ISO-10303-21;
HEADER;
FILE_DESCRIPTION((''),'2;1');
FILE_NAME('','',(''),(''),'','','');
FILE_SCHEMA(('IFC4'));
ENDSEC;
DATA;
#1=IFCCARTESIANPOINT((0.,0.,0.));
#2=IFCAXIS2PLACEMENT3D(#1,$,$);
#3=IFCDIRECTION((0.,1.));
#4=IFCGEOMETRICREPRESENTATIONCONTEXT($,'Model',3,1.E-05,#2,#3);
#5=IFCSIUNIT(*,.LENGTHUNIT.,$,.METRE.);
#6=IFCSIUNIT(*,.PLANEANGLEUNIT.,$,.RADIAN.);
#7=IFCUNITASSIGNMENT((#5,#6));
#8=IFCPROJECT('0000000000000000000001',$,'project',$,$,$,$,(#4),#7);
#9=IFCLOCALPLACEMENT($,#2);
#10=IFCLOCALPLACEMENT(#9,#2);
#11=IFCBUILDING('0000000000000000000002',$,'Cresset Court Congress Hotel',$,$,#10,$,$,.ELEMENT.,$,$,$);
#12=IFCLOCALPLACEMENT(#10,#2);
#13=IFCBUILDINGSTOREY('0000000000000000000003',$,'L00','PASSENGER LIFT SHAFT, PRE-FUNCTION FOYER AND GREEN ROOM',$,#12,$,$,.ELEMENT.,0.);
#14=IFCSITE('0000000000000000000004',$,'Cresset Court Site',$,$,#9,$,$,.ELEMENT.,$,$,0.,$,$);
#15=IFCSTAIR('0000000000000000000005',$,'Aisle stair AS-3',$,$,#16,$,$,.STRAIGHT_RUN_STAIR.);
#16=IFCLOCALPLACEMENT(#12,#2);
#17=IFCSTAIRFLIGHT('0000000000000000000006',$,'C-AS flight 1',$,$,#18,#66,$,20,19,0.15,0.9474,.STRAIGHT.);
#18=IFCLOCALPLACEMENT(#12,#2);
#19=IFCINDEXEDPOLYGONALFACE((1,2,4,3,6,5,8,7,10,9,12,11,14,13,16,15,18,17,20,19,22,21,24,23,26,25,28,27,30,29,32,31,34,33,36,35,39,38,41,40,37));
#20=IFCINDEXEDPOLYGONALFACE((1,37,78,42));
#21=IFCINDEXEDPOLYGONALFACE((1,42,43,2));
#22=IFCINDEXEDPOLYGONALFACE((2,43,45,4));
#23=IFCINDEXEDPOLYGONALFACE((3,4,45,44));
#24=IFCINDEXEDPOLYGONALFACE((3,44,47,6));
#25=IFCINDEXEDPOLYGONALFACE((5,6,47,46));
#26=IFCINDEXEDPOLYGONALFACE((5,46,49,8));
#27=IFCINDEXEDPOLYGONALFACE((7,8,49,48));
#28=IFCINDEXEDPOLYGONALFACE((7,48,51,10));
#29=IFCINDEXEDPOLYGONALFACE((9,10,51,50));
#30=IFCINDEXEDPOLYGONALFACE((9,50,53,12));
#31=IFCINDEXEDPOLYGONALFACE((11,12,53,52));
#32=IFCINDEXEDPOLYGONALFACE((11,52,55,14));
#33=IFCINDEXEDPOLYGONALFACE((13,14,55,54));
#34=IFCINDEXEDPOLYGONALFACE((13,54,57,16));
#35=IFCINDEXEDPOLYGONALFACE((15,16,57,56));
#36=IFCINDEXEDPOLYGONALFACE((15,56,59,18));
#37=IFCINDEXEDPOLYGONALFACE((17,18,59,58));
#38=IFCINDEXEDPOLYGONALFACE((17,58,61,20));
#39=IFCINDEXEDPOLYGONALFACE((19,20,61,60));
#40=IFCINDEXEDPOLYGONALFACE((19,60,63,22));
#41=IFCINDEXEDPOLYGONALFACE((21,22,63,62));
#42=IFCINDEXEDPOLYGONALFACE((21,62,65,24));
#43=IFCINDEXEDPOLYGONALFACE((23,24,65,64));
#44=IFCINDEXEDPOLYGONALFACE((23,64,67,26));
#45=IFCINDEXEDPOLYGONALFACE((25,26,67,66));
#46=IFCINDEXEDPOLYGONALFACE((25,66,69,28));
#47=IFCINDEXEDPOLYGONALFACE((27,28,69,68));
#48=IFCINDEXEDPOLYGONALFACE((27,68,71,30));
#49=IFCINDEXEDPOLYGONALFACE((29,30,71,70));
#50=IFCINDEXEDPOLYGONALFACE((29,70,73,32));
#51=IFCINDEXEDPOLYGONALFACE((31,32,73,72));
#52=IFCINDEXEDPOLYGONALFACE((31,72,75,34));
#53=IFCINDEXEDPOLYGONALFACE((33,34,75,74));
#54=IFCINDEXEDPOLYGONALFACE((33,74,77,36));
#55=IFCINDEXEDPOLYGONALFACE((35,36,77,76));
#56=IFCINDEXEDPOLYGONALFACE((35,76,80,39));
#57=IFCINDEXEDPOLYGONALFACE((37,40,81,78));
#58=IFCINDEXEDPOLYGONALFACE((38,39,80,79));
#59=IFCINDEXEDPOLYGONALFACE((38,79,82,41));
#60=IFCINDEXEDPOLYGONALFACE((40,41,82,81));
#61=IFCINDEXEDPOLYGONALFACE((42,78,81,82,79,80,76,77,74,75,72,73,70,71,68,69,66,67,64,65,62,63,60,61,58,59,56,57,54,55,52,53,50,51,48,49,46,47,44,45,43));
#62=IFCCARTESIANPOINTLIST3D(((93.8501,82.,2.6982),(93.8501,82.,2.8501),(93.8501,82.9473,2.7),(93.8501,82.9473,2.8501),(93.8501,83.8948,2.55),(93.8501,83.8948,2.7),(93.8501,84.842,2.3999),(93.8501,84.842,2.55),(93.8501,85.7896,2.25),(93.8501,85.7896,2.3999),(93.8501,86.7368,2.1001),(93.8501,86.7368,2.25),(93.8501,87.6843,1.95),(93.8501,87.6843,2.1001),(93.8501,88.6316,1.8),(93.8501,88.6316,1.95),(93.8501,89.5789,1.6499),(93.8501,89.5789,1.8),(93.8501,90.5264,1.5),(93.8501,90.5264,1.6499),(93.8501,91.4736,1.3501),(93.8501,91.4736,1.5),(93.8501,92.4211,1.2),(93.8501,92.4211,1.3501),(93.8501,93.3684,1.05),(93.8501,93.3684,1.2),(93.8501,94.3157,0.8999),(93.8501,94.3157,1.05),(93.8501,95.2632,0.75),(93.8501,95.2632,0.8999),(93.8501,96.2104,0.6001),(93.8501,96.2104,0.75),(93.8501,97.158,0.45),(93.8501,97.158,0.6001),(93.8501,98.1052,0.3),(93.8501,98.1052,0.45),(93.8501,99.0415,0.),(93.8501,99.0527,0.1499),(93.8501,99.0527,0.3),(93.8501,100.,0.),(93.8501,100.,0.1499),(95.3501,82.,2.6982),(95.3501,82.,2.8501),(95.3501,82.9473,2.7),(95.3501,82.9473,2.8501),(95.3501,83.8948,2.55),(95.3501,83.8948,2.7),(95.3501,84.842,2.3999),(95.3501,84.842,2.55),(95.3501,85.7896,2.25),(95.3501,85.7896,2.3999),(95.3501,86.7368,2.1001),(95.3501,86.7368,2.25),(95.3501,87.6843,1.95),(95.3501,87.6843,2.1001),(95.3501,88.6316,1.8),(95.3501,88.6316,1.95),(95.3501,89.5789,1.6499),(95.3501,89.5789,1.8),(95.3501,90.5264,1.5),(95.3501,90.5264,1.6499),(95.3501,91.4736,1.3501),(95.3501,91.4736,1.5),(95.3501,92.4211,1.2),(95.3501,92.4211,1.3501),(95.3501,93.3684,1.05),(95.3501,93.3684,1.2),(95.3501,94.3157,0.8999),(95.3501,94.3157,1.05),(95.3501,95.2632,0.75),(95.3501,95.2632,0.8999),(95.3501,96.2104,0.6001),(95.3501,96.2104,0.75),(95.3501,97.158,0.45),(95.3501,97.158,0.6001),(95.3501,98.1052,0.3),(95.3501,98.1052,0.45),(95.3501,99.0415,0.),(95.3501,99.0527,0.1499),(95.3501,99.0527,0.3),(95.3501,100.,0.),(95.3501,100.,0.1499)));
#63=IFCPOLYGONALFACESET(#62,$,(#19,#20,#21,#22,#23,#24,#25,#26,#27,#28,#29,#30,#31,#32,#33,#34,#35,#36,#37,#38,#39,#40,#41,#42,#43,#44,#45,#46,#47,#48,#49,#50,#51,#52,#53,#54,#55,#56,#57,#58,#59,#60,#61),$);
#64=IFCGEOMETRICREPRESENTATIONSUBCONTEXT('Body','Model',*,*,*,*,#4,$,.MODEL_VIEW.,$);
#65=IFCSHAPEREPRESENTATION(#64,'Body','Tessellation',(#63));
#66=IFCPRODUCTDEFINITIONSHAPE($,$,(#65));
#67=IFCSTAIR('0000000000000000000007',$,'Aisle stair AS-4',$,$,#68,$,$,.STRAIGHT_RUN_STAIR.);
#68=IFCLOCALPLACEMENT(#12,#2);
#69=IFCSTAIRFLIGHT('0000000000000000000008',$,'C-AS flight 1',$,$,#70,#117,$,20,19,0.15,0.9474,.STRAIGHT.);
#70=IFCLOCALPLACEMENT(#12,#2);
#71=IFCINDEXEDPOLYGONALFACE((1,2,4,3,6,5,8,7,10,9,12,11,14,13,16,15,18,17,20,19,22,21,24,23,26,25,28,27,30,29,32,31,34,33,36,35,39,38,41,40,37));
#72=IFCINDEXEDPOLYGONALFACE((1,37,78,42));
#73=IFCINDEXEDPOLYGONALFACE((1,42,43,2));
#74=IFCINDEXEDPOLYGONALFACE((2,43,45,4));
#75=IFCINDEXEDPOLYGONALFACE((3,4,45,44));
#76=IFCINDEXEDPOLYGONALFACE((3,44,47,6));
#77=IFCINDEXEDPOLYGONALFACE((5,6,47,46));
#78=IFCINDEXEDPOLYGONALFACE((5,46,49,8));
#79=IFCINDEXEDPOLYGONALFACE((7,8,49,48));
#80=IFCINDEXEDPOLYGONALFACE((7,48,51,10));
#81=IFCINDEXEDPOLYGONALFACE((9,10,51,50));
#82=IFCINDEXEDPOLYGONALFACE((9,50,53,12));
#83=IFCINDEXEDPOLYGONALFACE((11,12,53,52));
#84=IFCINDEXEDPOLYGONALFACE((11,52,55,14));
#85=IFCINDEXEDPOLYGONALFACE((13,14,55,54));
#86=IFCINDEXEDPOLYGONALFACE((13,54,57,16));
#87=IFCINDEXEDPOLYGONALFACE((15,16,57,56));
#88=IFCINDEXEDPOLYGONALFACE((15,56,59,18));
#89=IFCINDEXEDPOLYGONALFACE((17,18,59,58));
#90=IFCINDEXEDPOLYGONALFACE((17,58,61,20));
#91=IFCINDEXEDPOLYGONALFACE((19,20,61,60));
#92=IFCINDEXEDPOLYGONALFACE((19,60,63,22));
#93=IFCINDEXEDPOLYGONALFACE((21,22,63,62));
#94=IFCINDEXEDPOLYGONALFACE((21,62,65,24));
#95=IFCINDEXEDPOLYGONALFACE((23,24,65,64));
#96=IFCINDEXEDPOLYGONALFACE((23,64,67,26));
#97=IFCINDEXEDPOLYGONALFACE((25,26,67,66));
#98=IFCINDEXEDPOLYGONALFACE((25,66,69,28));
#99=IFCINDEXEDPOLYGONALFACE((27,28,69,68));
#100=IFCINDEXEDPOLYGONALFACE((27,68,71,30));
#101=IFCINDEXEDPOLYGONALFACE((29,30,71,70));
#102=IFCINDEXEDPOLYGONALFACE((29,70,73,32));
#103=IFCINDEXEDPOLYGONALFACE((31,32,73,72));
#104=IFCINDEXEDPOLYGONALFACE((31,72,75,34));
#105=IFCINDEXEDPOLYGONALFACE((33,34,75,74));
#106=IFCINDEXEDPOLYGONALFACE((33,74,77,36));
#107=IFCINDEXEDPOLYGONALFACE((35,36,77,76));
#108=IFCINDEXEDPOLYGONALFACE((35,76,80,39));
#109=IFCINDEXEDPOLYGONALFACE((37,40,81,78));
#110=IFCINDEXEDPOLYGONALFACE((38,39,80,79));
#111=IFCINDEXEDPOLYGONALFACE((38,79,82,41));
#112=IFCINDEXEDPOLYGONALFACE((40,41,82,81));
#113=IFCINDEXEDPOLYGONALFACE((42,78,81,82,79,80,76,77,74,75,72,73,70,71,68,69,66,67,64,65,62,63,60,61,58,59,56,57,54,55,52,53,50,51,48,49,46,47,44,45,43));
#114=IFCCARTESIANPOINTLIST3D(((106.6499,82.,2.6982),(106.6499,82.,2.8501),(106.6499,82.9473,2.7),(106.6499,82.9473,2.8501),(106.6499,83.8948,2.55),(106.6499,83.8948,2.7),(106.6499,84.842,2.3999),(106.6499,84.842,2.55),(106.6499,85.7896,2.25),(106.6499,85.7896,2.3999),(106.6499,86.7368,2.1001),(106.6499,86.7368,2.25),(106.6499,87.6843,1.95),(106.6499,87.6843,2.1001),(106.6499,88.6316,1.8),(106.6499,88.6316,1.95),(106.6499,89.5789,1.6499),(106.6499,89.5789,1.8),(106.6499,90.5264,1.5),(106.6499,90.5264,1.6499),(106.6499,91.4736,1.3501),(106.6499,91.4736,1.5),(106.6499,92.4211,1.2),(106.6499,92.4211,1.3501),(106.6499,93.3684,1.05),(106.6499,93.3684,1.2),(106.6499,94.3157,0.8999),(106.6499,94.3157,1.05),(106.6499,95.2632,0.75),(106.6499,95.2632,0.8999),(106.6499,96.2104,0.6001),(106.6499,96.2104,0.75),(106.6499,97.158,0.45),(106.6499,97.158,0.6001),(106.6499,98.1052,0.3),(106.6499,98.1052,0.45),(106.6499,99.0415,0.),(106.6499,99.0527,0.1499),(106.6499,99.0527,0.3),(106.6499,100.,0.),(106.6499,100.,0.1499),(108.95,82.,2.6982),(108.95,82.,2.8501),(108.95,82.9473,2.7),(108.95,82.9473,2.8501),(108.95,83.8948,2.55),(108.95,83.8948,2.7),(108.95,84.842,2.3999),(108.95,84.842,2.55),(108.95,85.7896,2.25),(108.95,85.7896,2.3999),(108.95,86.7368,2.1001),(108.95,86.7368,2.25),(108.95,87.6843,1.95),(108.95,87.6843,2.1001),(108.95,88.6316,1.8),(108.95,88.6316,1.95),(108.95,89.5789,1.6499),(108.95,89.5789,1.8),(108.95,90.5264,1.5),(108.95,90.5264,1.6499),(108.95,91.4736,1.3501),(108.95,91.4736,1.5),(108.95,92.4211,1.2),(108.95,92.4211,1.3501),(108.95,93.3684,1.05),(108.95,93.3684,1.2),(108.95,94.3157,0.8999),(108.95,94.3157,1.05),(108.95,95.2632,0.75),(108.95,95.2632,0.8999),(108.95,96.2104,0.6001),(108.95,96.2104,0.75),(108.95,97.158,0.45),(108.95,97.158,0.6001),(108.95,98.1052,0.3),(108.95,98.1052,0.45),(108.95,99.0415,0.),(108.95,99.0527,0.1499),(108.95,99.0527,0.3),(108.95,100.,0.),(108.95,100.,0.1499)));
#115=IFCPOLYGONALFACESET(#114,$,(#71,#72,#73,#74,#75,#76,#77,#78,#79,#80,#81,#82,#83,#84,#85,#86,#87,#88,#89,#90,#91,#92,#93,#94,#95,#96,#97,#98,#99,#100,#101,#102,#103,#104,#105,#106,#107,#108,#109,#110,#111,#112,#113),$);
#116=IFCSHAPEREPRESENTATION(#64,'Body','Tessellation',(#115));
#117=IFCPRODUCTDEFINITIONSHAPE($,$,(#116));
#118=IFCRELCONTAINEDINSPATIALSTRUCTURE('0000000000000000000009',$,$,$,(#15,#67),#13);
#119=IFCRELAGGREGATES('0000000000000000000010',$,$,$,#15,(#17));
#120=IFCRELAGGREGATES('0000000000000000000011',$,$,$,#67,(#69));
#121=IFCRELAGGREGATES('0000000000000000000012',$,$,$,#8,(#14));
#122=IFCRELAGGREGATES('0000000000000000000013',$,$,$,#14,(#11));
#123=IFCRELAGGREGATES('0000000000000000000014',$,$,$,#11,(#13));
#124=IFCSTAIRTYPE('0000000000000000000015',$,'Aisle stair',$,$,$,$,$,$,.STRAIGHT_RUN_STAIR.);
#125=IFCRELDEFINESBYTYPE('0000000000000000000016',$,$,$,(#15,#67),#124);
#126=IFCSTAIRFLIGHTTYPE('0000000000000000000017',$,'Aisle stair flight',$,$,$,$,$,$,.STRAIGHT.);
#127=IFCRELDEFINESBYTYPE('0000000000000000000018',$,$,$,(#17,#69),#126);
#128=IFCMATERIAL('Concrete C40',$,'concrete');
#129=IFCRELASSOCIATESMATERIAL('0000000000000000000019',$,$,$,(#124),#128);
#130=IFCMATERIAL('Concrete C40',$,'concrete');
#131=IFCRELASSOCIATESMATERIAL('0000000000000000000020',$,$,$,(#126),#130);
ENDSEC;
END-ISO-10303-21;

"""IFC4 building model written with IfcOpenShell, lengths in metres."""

from ifc_helpers import new_model, si_unit, direction, frame, origin, place, context, subcontext, project, spatial, polyline, outline, extrude, material, type_object, element, aggregate, save


model = new_model("IFC4")

# Units and contexts
model_context = context("Model", 3, precision=1e-05, world=origin(), true_north=direction((0.0, 1.0)))
body_context = subcontext(model_context, "Body", "Model", "MODEL_VIEW")
ifc_project = project(units=[si_unit("LENGTHUNIT", "METRE"), si_unit("PLANEANGLEUNIT", "RADIAN")], contexts=[model_context])

# Site, building, storey
site_placement = place(None, origin())
site = spatial("IfcSite", under=ifc_project, at=site_placement, Name="Cresset Court Site", CompositionType="ELEMENT", RefElevation=0.0)
building_placement = place(site_placement, origin())
building = spatial("IfcBuilding", under=site, at=building_placement, Name="Cresset Court Congress Hotel", CompositionType="ELEMENT")
storey_placement = place(building_placement, origin())
storey = spatial("IfcBuildingStorey", under=building, at=storey_placement, Name="L00", Description="PASSENGER LIFT SHAFT, PRE-FUNCTION FOYER AND GREEN ROOM", CompositionType="ELEMENT", Elevation=0.0)

# Stairs, stair flights
ifc_material_1 = material(Name="Concrete C40", Category="concrete")
stair_type = type_object("IfcStairType", Name="Aisle stair", PredefinedType="STRAIGHT_RUN_STAIR", material=ifc_material_1)
stair_1_placement = place(storey_placement, origin())
stair_1 = element("IfcStair", 1, at=stair_1_placement, inside=storey, type_object=stair_type, Name="Aisle stair AS-3", PredefinedType="STRAIGHT_RUN_STAIR")
ifc_material_2 = material(Name="Concrete C40", Category="concrete")
stair_flight_type = type_object("IfcStairFlightType", Name="Aisle stair flight", PredefinedType="STRAIGHT", material=ifc_material_2)
stair_flight_1_placement = place(storey_placement, frame((94.6001, 100.0, 0.0), z_axis=(0.0, 0.0, 1.0), x_axis=(0.0, -1.0, 0.0)))
stair_flight_1 = element("IfcStairFlight", 2, at=stair_flight_1_placement, type_object=stair_flight_type, Name="C-AS flight 1", NumberOfRisers=20, NumberOfTreads=19, PredefinedType="STRAIGHT", RiserHeight=0.15, TreadLength=0.9474, context=body_context, shape_type="SweptSolid", body=[
    extrude(outline(polyline([(0.0, 0.0), (0.0, 0.1499), (0.9473, 0.1499), (0.9473, 0.3), (1.8948, 0.3), (1.8948, 0.45), (2.842, 0.45), (2.842, 0.6001), (3.7896, 0.6001), (3.7896, 0.75), (4.7368, 0.75), (4.7368, 0.8999), (5.6843, 0.8999), (5.6843, 1.05), (6.6316, 1.05), (6.6316, 1.2), (7.5789, 1.2), (7.5789, 1.3501), (8.5264, 1.3501), (8.5264, 1.5), (9.4736, 1.5), (9.4736, 1.6499), (10.4211, 1.6499), (10.4211, 1.8), (11.3684, 1.8), (11.3684, 1.95), (12.3157, 1.95), (12.3157, 2.1001), (13.2632, 2.1001), (13.2632, 2.25), (14.2104, 2.25), (14.2104, 2.3999), (15.158, 2.3999), (15.158, 2.55), (16.1052, 2.55), (16.1052, 2.7), (17.0527, 2.7), (17.0527, 2.8501), (18.0, 2.8501), (18.0, 3.0), (18.0, 2.6982), (0.9585, 0.0), (0.0, 0.0)])), frame((0.0, 0.75, 0.0), z_axis=(0.0, -1.0, 0.0), x_axis=(1.0, 0.0, 0.0)), (0.0, 0.0, 1.0), 1.5),
])
aggregate(stair_1, [stair_flight_1])
stair_2_placement = place(storey_placement, origin())
stair_2 = element("IfcStair", 3, at=stair_2_placement, inside=storey, type_object=stair_type, Name="Aisle stair AS-4", PredefinedType="STRAIGHT_RUN_STAIR")
stair_flight_2_placement = place(storey_placement, frame((107.8, 100.0, 0.0), z_axis=(0.0, 0.0, 1.0), x_axis=(0.0, -1.0, 0.0)))
stair_flight_2 = element("IfcStairFlight", 4, at=stair_flight_2_placement, type_object=stair_flight_type, Name="C-AS flight 1", NumberOfRisers=20, NumberOfTreads=19, PredefinedType="STRAIGHT", RiserHeight=0.15, TreadLength=0.9474, context=body_context, shape_type="SweptSolid", body=[
    extrude(outline(polyline([(0.0, 0.0), (0.0, 0.1499), (0.9473, 0.1499), (0.9473, 0.3), (1.8948, 0.3), (1.8948, 0.45), (2.842, 0.45), (2.842, 0.6001), (3.7896, 0.6001), (3.7896, 0.75), (4.7368, 0.75), (4.7368, 0.8999), (5.6843, 0.8999), (5.6843, 1.05), (6.6316, 1.05), (6.6316, 1.2), (7.5789, 1.2), (7.5789, 1.3501), (8.5264, 1.3501), (8.5264, 1.5), (9.4736, 1.5), (9.4736, 1.6499), (10.4211, 1.6499), (10.4211, 1.8), (11.3684, 1.8), (11.3684, 1.95), (12.3157, 1.95), (12.3157, 2.1001), (13.2632, 2.1001), (13.2632, 2.25), (14.2104, 2.25), (14.2104, 2.3999), (15.158, 2.3999), (15.158, 2.55), (16.1052, 2.55), (16.1052, 2.7), (17.0527, 2.7), (17.0527, 2.8501), (18.0, 2.8501), (18.0, 3.0), (18.0, 2.6982), (0.9585, 0.0), (0.0, 0.0)])), frame((0.0, 1.1499, 0.0), z_axis=(0.0, -1.0, 0.0), x_axis=(1.0, 0.0, 0.0)), (0.0, 0.0, 1.0), 2.3),
])
aggregate(stair_2, [stair_flight_2])

save(model, "model.ifc")
